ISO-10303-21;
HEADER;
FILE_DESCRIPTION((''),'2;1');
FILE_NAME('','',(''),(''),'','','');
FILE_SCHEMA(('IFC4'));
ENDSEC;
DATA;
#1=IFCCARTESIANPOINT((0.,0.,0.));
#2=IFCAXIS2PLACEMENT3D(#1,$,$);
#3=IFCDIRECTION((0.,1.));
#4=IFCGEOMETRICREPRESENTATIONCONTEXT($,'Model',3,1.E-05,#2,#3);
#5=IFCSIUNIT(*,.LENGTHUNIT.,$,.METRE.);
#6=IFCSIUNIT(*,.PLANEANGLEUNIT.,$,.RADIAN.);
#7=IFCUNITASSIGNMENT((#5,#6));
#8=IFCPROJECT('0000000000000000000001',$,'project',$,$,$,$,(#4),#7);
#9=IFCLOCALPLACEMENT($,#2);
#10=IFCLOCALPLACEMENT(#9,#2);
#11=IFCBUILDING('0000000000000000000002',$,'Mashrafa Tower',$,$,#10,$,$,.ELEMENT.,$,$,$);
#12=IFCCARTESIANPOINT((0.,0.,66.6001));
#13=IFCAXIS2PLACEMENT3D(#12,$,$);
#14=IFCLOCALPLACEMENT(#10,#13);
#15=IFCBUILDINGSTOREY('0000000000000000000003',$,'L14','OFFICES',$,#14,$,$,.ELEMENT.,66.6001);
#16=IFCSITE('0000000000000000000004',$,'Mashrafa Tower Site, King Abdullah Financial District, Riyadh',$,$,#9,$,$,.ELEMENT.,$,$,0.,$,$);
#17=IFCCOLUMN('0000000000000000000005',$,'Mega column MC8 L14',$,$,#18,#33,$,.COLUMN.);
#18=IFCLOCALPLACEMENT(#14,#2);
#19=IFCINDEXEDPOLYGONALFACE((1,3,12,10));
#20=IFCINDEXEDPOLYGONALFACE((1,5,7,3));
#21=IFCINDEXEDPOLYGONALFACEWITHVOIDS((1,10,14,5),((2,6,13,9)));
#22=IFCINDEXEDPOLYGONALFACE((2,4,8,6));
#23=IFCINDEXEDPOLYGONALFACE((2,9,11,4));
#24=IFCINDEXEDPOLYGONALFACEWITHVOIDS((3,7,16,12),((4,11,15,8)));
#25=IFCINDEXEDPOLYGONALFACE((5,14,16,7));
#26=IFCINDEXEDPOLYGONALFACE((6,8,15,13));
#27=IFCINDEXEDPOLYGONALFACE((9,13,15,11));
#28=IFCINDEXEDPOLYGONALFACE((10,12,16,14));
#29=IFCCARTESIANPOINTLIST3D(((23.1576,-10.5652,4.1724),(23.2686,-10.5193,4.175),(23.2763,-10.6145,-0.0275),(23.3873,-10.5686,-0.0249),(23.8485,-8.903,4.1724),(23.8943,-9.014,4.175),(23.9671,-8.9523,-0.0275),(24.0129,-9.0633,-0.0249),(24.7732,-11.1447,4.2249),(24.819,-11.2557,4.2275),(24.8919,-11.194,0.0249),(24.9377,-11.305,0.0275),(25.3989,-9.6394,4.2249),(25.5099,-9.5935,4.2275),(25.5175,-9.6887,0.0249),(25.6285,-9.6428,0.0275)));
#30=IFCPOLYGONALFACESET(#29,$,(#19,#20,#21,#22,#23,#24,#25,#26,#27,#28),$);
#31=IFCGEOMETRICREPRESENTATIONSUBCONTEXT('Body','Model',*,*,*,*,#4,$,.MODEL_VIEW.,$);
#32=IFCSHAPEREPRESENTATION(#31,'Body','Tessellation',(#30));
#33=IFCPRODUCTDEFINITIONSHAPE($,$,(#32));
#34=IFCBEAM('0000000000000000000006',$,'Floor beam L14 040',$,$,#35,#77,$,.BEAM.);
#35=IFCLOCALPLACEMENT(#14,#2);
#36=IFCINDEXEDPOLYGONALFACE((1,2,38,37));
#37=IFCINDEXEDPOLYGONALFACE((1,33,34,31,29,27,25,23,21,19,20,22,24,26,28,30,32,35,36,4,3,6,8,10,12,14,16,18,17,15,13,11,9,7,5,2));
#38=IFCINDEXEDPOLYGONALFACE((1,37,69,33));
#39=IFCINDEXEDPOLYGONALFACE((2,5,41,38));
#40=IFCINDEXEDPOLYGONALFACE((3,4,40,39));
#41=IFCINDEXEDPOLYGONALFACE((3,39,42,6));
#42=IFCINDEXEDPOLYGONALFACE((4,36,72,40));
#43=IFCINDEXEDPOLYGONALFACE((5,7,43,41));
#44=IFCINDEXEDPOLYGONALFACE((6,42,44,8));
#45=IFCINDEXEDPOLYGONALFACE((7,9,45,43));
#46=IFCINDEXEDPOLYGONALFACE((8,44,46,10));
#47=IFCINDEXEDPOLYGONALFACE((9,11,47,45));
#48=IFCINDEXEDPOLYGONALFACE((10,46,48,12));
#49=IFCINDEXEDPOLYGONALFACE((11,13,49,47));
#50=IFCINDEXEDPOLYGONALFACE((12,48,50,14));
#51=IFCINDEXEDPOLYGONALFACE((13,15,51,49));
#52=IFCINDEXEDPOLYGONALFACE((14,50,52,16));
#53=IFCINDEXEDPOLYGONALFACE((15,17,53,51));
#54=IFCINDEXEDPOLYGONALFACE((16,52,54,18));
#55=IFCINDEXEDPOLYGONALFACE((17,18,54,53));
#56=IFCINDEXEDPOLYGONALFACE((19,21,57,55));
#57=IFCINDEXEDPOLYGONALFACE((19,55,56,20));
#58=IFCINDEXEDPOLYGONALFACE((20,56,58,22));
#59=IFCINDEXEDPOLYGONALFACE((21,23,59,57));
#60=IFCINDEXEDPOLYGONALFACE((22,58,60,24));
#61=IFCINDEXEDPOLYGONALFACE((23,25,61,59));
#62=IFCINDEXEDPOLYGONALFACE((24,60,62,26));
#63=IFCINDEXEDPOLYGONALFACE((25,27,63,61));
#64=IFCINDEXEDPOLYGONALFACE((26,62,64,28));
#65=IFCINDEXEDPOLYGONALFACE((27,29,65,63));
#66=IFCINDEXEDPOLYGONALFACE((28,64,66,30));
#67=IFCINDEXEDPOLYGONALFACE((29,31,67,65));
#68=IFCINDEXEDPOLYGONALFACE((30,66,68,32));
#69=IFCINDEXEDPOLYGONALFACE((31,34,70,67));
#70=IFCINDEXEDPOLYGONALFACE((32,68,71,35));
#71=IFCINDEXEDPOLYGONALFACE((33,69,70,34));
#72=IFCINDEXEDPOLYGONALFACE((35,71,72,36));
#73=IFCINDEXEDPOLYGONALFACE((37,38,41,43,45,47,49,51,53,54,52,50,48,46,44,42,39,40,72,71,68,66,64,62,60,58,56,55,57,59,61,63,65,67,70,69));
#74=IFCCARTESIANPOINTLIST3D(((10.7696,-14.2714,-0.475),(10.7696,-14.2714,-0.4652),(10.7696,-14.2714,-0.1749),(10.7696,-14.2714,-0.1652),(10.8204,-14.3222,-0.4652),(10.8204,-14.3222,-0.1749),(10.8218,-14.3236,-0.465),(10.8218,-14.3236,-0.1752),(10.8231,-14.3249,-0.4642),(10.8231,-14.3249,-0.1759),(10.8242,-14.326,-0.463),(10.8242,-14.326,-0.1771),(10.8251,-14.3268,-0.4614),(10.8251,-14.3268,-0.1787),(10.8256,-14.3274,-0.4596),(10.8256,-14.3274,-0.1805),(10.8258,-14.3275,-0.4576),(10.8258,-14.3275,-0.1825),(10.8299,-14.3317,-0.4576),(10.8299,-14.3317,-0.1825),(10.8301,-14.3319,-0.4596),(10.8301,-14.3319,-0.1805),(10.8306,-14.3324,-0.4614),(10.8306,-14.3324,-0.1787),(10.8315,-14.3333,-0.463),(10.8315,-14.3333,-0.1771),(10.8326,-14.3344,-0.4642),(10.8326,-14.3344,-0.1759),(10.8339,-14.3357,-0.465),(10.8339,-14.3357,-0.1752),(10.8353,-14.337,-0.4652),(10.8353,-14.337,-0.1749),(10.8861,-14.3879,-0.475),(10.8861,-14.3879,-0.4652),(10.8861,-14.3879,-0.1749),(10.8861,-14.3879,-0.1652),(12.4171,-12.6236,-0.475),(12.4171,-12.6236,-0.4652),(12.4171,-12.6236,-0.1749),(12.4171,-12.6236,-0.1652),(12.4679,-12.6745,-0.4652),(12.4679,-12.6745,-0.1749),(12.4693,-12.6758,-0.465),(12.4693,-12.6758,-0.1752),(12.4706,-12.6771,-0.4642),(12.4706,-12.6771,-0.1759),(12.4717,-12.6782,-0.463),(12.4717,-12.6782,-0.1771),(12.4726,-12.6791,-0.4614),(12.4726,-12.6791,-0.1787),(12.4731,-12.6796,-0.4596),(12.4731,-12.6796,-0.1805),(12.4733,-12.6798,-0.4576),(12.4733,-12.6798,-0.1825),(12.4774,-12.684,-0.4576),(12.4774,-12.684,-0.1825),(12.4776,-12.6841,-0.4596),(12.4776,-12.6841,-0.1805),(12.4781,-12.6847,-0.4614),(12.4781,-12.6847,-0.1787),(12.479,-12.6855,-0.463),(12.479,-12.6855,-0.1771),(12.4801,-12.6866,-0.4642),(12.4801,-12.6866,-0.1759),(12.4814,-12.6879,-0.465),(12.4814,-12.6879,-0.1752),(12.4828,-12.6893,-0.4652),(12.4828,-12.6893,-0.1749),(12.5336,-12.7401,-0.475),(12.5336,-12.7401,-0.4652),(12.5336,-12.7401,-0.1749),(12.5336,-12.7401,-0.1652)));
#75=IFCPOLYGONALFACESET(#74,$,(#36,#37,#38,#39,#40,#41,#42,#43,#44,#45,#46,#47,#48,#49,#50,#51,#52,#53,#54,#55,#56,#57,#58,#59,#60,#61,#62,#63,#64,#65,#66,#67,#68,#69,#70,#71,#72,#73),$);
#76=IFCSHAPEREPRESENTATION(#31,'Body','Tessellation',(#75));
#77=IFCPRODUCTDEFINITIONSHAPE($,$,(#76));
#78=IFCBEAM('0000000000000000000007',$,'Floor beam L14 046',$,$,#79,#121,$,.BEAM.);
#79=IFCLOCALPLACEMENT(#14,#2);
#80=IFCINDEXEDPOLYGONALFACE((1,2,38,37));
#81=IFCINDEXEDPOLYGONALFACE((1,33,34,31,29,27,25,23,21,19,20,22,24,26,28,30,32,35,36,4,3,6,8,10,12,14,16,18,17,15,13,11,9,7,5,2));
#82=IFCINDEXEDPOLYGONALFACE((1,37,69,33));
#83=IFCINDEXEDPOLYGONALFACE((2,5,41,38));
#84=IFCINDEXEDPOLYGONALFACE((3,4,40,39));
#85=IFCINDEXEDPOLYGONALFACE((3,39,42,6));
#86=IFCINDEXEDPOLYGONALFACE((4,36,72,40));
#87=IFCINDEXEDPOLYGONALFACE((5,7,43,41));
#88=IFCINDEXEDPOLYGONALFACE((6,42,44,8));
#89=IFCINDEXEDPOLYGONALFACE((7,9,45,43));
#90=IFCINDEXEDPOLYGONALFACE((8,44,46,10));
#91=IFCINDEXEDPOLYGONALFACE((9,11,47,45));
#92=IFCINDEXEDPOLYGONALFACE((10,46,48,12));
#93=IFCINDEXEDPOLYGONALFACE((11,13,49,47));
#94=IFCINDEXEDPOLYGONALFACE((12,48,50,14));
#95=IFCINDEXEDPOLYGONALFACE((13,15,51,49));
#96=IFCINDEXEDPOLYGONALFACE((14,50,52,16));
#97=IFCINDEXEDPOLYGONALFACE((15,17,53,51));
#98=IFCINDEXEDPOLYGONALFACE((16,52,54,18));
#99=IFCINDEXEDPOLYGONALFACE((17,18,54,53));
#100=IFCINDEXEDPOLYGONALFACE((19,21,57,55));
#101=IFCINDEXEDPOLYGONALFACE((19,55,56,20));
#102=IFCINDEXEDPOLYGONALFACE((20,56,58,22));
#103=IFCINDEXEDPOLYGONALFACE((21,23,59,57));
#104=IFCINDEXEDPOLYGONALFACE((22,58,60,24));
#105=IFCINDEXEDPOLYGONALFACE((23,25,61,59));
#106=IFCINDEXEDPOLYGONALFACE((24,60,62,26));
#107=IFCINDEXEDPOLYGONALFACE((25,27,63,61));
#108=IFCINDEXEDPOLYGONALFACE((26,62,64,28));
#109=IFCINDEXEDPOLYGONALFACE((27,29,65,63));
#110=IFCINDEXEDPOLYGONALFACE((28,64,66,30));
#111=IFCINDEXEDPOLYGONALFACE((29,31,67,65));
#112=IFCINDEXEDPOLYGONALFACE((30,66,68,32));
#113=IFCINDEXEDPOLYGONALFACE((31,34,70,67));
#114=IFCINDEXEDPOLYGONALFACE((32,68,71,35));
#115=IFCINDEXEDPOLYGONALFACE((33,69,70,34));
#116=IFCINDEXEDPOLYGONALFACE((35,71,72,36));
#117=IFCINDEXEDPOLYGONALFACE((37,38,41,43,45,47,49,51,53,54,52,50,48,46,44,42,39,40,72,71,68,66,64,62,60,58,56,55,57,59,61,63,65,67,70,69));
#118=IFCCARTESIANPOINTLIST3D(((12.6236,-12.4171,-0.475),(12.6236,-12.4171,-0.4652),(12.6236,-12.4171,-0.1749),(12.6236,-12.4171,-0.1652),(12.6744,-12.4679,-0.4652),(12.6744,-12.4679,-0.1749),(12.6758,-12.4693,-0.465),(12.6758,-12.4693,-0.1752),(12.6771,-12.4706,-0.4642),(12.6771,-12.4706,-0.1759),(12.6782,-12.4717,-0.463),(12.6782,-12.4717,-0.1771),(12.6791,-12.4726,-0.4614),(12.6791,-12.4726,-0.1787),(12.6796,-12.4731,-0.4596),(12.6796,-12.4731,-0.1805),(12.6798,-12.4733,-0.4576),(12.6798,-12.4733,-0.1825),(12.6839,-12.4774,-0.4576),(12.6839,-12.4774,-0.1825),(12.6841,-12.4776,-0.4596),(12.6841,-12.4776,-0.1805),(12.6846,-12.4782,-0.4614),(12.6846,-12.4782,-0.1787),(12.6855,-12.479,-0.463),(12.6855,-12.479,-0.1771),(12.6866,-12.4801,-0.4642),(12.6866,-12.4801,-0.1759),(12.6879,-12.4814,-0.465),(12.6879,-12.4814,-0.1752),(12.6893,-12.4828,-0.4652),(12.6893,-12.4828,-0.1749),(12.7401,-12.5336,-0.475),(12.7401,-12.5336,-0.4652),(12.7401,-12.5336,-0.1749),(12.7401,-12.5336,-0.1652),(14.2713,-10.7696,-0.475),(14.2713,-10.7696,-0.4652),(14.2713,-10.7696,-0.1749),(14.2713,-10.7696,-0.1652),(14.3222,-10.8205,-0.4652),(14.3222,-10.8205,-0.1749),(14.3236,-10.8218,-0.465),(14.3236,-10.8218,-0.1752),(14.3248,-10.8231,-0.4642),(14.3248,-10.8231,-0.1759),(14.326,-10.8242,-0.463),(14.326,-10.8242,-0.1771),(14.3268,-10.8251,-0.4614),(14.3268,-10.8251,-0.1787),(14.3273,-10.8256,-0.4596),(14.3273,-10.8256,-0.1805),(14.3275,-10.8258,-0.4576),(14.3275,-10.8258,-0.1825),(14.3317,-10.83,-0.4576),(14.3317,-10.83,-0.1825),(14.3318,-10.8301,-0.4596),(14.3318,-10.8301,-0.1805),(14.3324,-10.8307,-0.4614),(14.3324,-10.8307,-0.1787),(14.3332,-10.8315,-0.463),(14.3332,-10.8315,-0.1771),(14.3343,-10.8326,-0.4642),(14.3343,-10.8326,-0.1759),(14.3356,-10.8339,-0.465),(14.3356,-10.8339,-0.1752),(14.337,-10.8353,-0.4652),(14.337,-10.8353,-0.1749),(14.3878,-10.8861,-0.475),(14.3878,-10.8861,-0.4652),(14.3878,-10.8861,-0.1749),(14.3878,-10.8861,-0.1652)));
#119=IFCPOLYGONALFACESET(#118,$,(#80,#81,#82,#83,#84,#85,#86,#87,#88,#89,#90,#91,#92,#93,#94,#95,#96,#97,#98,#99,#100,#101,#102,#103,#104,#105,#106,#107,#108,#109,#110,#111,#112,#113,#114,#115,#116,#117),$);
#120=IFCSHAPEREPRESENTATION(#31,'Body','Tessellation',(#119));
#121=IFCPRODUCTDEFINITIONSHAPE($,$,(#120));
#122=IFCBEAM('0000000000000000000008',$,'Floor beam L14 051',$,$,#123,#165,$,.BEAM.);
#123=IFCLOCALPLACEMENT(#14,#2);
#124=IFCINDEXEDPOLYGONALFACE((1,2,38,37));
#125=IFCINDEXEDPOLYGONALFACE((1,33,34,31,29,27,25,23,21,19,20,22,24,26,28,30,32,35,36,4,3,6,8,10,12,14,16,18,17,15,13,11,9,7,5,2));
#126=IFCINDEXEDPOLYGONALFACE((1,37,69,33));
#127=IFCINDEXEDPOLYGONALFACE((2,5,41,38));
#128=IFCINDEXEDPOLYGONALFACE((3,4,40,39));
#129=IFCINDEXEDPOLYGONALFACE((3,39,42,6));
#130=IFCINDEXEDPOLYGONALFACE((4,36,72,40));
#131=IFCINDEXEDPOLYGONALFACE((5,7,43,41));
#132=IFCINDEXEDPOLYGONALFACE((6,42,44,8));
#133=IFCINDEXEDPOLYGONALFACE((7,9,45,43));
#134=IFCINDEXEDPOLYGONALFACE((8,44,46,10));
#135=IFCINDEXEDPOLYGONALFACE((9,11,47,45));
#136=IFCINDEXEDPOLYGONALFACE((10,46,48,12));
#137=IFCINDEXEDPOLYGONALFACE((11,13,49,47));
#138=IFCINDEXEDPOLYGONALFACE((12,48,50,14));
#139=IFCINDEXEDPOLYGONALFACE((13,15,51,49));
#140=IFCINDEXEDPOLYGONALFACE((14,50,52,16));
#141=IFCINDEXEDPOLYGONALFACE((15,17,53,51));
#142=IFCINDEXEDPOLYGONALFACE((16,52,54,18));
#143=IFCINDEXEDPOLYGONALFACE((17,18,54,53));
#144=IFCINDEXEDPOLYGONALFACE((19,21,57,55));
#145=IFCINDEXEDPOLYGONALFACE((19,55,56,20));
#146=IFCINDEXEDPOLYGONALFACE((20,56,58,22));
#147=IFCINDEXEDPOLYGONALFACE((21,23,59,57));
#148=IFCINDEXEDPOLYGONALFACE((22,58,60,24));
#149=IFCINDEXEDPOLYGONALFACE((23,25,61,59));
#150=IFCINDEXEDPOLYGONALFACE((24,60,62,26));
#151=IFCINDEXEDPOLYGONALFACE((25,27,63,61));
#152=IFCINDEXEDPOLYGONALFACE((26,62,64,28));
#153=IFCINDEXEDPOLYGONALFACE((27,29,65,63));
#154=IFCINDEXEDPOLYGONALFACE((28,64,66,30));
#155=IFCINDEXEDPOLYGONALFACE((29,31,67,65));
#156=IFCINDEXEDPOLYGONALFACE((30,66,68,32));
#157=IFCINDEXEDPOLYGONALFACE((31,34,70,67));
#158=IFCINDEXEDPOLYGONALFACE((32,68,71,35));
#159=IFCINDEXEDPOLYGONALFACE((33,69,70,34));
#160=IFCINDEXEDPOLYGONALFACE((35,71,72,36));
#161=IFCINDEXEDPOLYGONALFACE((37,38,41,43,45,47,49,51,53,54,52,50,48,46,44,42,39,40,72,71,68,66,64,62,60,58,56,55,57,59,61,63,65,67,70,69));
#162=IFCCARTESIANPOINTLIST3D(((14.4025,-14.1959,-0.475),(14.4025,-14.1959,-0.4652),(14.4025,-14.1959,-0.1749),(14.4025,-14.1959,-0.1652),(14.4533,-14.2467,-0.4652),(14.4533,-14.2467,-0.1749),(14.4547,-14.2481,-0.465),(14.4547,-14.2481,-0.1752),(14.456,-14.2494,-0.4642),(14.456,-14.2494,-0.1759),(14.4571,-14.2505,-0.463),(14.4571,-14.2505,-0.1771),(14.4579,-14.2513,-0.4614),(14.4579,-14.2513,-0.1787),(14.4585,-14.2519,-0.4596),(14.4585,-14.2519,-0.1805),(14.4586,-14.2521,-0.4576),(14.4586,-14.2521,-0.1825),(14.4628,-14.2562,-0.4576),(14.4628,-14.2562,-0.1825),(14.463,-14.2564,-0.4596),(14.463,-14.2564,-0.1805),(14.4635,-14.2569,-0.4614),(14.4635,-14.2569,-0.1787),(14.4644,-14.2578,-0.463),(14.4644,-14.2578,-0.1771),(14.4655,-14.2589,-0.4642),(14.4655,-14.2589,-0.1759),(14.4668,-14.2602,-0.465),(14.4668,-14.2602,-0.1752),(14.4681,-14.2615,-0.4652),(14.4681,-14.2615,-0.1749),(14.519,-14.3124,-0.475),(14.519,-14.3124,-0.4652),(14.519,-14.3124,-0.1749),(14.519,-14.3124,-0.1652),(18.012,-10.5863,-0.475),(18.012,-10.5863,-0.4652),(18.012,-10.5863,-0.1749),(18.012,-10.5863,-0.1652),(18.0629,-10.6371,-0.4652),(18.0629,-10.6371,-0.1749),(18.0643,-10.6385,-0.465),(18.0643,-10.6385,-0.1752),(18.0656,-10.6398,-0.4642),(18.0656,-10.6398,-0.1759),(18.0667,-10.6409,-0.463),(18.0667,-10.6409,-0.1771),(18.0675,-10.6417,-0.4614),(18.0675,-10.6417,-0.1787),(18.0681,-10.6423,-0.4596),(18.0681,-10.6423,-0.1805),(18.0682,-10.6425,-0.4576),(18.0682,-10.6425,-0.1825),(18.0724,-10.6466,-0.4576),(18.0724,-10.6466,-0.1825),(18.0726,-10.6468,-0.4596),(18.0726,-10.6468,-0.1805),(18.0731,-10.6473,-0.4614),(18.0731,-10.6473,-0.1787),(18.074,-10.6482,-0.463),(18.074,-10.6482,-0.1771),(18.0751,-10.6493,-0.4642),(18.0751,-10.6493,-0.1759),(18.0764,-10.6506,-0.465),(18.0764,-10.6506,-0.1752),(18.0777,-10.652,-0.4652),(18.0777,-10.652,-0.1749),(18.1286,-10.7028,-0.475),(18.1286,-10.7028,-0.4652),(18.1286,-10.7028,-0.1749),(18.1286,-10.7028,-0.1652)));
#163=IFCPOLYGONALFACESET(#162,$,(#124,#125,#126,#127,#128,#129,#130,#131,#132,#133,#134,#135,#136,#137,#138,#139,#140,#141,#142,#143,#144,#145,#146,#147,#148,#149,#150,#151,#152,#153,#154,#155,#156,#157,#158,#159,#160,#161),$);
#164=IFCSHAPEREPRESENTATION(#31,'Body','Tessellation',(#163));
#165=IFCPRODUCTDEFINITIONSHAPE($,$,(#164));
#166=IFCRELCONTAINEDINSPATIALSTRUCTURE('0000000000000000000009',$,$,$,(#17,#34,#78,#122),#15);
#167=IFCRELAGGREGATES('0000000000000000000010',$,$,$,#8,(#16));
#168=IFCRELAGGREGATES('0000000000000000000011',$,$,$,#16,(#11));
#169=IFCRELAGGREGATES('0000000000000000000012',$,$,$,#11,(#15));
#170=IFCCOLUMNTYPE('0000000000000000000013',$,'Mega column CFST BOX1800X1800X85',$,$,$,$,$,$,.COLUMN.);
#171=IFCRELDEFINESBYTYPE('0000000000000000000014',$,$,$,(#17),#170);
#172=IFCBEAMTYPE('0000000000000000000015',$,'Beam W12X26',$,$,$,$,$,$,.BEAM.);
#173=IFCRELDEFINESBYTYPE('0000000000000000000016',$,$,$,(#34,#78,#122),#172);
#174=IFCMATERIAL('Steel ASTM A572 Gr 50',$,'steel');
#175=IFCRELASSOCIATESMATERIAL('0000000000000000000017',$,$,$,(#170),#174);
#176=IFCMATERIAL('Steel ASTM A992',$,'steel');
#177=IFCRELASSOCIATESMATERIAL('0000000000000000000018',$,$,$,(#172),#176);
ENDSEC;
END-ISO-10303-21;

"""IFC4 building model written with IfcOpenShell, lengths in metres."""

from ifc_helpers import new_model, si_unit, direction, frame, origin, origin_2d, place, context, subcontext, project, spatial, hollow_rectangle, i_section, extrude, material, material_profile, profile_set, type_object, element, save


model = new_model("IFC4")

# Units and contexts
model_context = context("Model", 3, precision=1e-05, world=origin(), true_north=direction((0.0, 1.0)))
body_context = subcontext(model_context, "Body", "Model", "MODEL_VIEW")
ifc_project = project(units=[si_unit("LENGTHUNIT", "METRE"), si_unit("PLANEANGLEUNIT", "RADIAN")], contexts=[model_context])

# Site, building, storey
site_placement = place(None, origin())
site = spatial("IfcSite", under=ifc_project, at=site_placement, Name="Mashrafa Tower Site, King Abdullah Financial District, Riyadh", CompositionType="ELEMENT", RefElevation=0.0)
building_placement = place(site_placement, origin())
building = spatial("IfcBuilding", under=site, at=building_placement, Name="Mashrafa Tower", CompositionType="ELEMENT")
storey_placement = place(building_placement, frame((0.0, 0.0, 66.6001)))
storey = spatial("IfcBuildingStorey", under=building, at=storey_placement, Name="L14", Description="OFFICES", CompositionType="ELEMENT", Elevation=66.6001)

# Column
ifc_material_1 = material(Name="Steel ASTM A572 Gr 50", Category="steel")
ifc_material_profile_1 = material_profile(ifc_material_1, hollow_rectangle(XDim=1.8, YDim=1.8, WallThickness=0.085, at=origin_2d()), Name="BOX1800X1800X85")
ifc_profile_set_1 = profile_set([ifc_material_profile_1], Name="Steel ASTM A572 Gr 50")
column_type = type_object("IfcColumnType", Name="Mega column CFST BOX1800X1800X85", PredefinedType="COLUMN", material=ifc_profile_set_1)
column_placement = place(storey_placement, frame((24.4524, -10.1287, 0.0), z_axis=(-0.028238, 0.011737, 0.999532), x_axis=(-0.383806, -0.923414, 0.0)))
element("IfcColumn", 1, at=column_placement, inside=storey, type_object=column_type, Name="Mega column MC8 L14", PredefinedType="COLUMN", context=body_context, shape_type="SweptSolid", body=[
    extrude(hollow_rectangle(XDim=1.8, YDim=1.8, WallThickness=0.085, at=origin_2d()), origin(), (0.0, 0.0, 1.0), 4.2019),
])

# Beams
ifc_material_2 = material(Name="Steel ASTM A992", Category="steel")
ifc_material_profile_2 = material_profile(ifc_material_2, i_section(OverallWidth=0.1648, OverallDepth=0.3098, WebThickness=0.0059, FlangeThickness=0.0098, FilletRadius=0.0076, at=origin_2d()), Name="W12X26")
ifc_profile_set_2 = profile_set([ifc_material_profile_2], Name="Steel ASTM A992")
beam_type_1 = type_object("IfcBeamType", Name="Beam W12X26", PredefinedType="BEAM", material=ifc_profile_set_2)
for number, where, z_axis, x_axis, name in (
    (2, (12.4753, -12.6819, -0.3201), (-0.707054, -0.707159, 0.0), (0.707159, -0.707054, 0.0), "Floor beam L14 040"),
    (3, (14.3296, -10.8279, -0.3201), (-0.707159, -0.707054, 0.0), (0.707054, -0.707159, 0.0), "Floor beam L14 046"),
):
    element("IfcBeam", number, at=place(storey_placement, frame(where, z_axis=z_axis, x_axis=x_axis)), inside=storey, type_object=beam_type_1, Name=name, PredefinedType="BEAM", context=body_context, shape_type="SweptSolid", body=[
        extrude(i_section(OverallWidth=0.1648, OverallDepth=0.3098, WebThickness=0.0059, FlangeThickness=0.0098, FilletRadius=0.0076, at=origin_2d()), origin(), (0.0, 0.0, 1.0), 2.3301),
    ])
beam_1_placement = place(storey_placement, frame((18.0703, -10.6445, -0.3201), z_axis=(-0.707107, -0.707107, 0.0), x_axis=(0.707107, -0.707107, 0.0)))
element("IfcBeam", 4, at=beam_1_placement, inside=storey, type_object=beam_type_1, Name="Floor beam L14 051", PredefinedType="BEAM", context=body_context, shape_type="SweptSolid", body=[
    extrude(i_section(OverallWidth=0.1648, OverallDepth=0.3098, WebThickness=0.0059, FlangeThickness=0.0098, FilletRadius=0.0076, at=origin_2d()), origin(), (0.0, 0.0, 1.0), 5.1047),
])

save(model, "model.ifc")
